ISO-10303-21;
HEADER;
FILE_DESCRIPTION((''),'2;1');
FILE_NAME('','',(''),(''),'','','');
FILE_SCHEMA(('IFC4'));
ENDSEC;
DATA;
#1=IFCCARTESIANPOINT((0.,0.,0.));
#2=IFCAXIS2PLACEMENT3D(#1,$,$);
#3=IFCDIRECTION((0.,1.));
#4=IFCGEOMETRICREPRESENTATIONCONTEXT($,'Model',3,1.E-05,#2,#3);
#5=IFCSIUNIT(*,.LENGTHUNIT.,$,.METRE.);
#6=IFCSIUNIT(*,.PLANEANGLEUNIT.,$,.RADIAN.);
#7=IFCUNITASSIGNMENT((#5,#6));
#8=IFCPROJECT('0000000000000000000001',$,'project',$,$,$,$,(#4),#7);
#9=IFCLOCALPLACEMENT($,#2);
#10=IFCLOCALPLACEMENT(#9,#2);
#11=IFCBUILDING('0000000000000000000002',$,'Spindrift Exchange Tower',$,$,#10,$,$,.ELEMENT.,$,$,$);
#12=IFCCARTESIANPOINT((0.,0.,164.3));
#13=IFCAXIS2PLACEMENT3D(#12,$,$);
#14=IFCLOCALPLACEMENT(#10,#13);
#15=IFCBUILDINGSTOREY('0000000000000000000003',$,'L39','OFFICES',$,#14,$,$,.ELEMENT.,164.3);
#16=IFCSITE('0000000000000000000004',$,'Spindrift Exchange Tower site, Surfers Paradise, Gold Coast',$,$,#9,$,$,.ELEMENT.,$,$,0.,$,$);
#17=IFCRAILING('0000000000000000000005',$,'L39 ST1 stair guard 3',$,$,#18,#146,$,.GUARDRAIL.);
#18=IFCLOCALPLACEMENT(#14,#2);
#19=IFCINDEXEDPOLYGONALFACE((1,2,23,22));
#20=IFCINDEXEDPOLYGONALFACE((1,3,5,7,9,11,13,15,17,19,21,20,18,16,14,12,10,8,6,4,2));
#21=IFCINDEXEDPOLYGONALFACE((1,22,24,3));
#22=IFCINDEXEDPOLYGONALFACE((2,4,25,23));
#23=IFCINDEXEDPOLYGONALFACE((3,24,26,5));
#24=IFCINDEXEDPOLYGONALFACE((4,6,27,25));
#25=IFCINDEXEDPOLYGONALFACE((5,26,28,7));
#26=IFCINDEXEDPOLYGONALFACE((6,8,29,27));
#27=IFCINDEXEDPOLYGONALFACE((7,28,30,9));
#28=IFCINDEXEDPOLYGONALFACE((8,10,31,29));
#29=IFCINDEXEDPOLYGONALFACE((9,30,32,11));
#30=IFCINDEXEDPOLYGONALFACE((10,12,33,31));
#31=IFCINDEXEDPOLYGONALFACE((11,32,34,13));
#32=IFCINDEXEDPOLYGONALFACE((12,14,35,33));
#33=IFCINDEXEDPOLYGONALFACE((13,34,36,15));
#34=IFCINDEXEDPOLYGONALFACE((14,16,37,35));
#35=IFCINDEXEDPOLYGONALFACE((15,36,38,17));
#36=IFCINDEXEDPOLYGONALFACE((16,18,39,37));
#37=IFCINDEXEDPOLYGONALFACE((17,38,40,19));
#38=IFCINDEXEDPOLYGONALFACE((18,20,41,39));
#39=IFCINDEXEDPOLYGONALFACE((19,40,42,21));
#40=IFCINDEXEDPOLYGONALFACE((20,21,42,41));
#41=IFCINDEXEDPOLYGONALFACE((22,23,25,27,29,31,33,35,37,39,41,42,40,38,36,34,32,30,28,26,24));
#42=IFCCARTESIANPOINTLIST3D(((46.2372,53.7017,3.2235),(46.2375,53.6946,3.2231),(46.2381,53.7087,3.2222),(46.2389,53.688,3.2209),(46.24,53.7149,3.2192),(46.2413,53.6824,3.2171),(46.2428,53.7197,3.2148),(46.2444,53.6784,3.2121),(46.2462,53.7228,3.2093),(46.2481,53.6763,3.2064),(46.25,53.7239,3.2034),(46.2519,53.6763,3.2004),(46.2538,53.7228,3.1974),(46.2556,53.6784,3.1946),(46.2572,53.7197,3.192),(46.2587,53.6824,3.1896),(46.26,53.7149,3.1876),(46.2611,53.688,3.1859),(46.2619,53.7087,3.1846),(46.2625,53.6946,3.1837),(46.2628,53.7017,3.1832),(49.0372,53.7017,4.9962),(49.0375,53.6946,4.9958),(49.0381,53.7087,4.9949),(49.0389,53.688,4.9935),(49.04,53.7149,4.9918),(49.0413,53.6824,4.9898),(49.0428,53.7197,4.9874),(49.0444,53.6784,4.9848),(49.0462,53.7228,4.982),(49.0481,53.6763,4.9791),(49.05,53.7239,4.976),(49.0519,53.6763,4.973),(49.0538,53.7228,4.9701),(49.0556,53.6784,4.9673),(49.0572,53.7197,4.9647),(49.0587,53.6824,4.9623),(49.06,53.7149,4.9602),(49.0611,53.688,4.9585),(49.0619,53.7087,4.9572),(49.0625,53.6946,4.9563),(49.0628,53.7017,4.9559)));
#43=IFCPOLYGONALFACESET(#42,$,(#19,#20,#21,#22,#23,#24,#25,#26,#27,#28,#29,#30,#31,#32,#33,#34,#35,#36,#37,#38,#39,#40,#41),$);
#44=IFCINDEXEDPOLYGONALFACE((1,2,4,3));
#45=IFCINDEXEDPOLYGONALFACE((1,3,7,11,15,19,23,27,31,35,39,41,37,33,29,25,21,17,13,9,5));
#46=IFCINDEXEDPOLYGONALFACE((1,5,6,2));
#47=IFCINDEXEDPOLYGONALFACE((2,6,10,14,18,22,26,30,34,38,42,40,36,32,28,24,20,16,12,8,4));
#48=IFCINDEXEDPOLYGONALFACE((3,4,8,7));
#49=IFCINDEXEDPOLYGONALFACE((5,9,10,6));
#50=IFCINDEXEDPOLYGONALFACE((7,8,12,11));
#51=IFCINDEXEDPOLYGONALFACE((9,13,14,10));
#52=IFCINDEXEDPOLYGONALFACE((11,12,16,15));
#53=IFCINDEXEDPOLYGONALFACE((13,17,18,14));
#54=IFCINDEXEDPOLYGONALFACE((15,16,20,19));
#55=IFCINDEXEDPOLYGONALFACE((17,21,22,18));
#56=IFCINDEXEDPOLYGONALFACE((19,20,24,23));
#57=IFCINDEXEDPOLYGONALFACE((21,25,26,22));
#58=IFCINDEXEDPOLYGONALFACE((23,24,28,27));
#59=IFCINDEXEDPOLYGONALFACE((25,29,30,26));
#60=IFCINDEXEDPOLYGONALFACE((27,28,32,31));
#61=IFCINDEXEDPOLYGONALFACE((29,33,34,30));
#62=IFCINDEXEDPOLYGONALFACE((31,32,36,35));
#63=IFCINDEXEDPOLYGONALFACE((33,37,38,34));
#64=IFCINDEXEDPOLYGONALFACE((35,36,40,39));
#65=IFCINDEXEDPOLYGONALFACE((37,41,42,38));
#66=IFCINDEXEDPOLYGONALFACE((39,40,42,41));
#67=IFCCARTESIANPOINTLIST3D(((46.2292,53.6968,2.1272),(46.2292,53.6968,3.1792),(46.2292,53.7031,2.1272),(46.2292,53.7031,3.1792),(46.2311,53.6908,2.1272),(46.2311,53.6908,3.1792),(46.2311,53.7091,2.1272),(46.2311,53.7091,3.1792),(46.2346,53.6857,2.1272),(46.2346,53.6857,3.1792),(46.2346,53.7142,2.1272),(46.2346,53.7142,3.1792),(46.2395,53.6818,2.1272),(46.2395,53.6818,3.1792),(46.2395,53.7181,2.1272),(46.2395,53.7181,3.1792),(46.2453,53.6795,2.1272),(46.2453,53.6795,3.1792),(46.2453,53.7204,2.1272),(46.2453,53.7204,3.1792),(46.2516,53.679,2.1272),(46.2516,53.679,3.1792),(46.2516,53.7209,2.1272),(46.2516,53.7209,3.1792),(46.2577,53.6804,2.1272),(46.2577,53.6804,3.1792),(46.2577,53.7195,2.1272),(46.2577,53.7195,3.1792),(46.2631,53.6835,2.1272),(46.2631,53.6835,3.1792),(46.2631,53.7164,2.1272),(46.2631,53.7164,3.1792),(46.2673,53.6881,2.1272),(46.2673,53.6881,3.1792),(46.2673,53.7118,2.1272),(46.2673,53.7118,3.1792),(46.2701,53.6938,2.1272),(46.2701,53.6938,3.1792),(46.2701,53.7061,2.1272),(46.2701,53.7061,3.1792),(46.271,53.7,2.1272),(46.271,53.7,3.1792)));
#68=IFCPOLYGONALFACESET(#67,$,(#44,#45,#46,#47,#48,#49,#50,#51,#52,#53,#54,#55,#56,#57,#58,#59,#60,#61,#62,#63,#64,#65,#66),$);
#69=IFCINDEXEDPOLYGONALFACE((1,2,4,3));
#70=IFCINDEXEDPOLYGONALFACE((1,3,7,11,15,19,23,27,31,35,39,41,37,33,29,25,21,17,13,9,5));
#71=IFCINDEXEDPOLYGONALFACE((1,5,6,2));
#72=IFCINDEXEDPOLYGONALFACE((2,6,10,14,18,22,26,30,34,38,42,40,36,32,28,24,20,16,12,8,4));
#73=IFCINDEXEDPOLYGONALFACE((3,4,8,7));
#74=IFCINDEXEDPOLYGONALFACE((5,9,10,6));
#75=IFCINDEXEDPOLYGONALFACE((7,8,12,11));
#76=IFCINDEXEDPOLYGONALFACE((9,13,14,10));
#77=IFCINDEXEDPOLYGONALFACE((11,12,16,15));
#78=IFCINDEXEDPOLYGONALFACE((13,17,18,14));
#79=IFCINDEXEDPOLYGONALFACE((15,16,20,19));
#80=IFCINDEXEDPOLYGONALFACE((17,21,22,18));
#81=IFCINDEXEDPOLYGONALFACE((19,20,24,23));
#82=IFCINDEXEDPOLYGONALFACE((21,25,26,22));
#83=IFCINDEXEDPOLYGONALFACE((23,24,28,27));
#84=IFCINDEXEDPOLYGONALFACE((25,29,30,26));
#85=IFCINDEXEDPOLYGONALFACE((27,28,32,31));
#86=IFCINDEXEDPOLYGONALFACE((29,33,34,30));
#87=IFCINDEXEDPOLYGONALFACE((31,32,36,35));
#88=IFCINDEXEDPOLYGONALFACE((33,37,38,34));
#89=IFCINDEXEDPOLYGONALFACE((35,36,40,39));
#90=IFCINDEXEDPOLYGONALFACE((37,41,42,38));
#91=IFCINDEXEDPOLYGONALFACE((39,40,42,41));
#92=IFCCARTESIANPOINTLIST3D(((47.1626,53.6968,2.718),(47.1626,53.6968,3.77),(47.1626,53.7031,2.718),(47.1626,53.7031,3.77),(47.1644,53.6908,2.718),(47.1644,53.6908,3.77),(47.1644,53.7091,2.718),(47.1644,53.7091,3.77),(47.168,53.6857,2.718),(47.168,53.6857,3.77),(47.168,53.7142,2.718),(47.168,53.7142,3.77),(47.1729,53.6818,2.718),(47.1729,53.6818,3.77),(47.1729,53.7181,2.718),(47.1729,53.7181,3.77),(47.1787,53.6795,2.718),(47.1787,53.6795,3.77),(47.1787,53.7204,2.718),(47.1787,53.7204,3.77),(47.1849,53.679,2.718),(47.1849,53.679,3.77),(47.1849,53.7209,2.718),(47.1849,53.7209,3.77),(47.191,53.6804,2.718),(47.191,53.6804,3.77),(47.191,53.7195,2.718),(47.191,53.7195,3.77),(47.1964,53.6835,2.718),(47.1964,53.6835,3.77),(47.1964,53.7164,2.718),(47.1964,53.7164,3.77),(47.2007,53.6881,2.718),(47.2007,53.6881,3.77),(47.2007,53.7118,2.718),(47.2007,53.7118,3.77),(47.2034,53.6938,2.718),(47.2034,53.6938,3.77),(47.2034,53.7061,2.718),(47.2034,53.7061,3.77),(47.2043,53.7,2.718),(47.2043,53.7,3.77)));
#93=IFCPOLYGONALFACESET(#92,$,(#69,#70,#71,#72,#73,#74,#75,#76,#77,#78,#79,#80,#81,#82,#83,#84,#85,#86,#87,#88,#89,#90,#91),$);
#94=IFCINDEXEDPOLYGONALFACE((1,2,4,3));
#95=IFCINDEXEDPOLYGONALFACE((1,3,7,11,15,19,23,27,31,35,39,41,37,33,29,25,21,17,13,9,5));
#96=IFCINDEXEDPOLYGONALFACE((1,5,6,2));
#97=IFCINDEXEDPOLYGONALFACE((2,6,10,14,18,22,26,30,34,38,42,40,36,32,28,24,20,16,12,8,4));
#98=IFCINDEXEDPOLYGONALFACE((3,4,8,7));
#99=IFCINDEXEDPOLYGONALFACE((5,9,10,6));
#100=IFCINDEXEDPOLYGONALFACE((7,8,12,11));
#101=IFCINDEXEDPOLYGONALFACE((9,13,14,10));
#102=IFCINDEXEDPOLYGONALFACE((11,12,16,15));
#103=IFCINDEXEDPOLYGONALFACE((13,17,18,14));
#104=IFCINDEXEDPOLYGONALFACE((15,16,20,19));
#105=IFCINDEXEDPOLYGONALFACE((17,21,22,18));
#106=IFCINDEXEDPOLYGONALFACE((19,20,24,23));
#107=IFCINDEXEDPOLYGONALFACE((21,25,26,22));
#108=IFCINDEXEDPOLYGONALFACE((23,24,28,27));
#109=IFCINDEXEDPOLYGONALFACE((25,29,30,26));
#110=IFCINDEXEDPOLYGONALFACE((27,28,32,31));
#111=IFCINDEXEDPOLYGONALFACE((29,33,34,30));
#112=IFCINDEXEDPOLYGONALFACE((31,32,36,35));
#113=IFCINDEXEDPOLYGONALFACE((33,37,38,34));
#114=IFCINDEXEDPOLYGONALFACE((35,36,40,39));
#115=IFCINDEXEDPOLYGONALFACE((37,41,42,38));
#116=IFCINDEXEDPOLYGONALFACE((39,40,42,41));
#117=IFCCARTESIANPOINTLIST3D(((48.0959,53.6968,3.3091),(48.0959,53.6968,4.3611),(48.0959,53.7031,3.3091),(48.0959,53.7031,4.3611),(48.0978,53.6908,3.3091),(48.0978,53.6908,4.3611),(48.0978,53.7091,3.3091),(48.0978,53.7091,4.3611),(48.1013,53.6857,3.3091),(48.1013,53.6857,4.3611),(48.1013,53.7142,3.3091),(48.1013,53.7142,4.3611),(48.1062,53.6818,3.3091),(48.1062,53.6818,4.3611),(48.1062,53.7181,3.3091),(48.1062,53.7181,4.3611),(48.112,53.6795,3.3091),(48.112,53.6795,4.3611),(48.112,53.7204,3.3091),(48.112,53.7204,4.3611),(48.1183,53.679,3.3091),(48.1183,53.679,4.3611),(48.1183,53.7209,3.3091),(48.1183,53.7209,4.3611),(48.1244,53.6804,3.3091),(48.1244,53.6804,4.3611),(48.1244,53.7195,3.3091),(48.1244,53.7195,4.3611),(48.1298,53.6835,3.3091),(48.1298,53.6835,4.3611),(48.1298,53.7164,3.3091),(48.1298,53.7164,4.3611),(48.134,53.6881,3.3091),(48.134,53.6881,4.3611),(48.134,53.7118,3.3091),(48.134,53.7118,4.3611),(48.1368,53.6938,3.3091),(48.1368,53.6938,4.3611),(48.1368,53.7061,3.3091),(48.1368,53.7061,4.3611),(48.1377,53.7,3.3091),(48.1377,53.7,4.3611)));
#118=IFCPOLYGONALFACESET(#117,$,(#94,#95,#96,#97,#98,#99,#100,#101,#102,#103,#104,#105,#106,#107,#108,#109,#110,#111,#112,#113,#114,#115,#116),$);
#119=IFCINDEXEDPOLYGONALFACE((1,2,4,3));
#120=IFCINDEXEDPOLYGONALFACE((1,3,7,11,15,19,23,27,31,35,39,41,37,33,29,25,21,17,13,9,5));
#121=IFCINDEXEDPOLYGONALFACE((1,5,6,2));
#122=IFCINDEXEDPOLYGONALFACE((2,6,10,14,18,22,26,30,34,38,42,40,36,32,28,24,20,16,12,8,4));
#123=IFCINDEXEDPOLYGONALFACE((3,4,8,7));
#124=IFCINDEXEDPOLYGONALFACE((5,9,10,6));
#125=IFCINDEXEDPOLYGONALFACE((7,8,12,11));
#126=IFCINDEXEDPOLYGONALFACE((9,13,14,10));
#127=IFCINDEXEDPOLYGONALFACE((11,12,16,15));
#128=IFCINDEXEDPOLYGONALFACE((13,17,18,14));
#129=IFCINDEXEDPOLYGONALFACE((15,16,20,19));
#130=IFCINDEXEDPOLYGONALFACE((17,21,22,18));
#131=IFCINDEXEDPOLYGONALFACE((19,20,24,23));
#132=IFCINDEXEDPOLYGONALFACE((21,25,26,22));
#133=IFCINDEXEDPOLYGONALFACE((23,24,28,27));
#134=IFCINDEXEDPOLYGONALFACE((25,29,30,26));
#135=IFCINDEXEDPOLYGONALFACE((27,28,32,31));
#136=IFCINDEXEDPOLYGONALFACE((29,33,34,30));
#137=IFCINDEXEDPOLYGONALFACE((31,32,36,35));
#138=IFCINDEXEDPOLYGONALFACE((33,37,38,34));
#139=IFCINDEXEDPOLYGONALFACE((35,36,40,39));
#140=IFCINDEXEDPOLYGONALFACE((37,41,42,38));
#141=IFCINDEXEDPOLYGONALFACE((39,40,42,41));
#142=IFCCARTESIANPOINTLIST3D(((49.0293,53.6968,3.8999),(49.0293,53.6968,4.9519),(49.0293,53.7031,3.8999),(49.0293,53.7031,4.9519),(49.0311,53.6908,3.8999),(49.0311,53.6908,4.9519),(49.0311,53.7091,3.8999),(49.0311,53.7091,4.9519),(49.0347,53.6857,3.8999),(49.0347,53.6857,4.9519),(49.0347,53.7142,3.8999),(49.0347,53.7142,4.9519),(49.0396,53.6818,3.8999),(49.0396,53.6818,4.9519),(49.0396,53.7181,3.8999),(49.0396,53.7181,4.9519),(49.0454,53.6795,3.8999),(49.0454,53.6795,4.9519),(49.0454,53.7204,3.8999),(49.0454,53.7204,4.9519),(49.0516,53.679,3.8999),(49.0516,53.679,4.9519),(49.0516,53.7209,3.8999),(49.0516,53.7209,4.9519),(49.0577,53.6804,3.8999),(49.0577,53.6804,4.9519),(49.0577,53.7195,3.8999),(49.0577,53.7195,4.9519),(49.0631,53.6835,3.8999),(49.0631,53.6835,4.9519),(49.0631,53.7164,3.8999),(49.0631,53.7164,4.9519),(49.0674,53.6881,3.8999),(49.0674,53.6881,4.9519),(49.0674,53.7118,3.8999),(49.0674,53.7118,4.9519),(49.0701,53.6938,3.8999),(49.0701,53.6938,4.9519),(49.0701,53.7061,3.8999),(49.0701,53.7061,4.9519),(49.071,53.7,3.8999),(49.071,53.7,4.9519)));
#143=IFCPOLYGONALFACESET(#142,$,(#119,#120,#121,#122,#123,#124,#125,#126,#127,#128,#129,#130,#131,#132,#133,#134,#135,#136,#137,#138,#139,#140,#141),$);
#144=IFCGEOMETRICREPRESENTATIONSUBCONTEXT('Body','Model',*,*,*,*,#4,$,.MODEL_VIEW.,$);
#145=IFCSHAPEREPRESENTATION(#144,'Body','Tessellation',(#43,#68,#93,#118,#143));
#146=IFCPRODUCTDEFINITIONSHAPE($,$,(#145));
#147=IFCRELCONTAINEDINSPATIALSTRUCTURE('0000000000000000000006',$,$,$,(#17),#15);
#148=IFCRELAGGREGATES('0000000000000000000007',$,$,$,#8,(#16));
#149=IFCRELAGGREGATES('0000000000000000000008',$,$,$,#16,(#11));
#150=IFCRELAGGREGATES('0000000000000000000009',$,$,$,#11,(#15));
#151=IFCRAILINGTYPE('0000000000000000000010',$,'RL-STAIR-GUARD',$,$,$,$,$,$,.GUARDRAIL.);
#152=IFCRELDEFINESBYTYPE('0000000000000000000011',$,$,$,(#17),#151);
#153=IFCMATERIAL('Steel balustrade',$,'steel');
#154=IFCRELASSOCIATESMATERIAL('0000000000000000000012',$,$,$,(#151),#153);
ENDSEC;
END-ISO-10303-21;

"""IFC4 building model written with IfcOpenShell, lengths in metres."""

from ifc_helpers import new_model, si_unit, direction, frame, origin, origin_2d, place, context, subcontext, project, spatial, circle, extrude, material, type_object, element, save


model = new_model("IFC4")

# Units and contexts
model_context = context("Model", 3, precision=1e-05, world=origin(), true_north=direction((0.0, 1.0)))
body_context = subcontext(model_context, "Body", "Model", "MODEL_VIEW")
ifc_project = project(units=[si_unit("LENGTHUNIT", "METRE"), si_unit("PLANEANGLEUNIT", "RADIAN")], contexts=[model_context])

# Site, building, storey
site_placement = place(None, origin())
site = spatial("IfcSite", under=ifc_project, at=site_placement, Name="Spindrift Exchange Tower site, Surfers Paradise, Gold Coast", CompositionType="ELEMENT", RefElevation=0.0)
building_placement = place(site_placement, origin())
building = spatial("IfcBuilding", under=site, at=building_placement, Name="Spindrift Exchange Tower", CompositionType="ELEMENT")
storey_placement = place(building_placement, frame((0.0, 0.0, 164.3)))
storey = spatial("IfcBuildingStorey", under=building, at=storey_placement, Name="L39", Description="OFFICES", CompositionType="ELEMENT", Elevation=164.3)

# Railing
ifc_material_1 = material(Name="Steel balustrade", Category="steel")
railing_type_1 = type_object("IfcRailingType", Name="RL-STAIR-GUARD", PredefinedType="GUARDRAIL", material=ifc_material_1)
railing_1_placement = place(storey_placement, frame((46.25, 53.7, 2.1272)))
element("IfcRailing", 1, at=railing_1_placement, inside=storey, type_object=railing_type_1, Name="L39 ST1 stair guard 3", PredefinedType="GUARDRAIL", context=body_context, shape_type="SweptSolid", body=[
    extrude(circle(Radius=0.0239, at=origin_2d()), frame((0.0, 0.0, 1.0762), z_axis=(0.844909, 0.0, 0.53491), x_axis=(0.0, 1.0, 0.0)), (0.0, 0.0, 1.0), 3.314),
    extrude(circle(Radius=0.021, at=origin_2d()), origin(), (0.0, 0.0, 1.0), 1.052),
    extrude(circle(Radius=0.021, at=origin_2d()), frame((0.9333, 0.0, 0.5908)), (0.0, 0.0, 1.0), 1.052),
    extrude(circle(Radius=0.021, at=origin_2d()), frame((1.8667, 0.0, 1.1819)), (0.0, 0.0, 1.0), 1.052),
    extrude(circle(Radius=0.021, at=origin_2d()), frame((2.8, 0.0, 1.7727)), (0.0, 0.0, 1.0), 1.052),
])

save(model, "model.ifc")
